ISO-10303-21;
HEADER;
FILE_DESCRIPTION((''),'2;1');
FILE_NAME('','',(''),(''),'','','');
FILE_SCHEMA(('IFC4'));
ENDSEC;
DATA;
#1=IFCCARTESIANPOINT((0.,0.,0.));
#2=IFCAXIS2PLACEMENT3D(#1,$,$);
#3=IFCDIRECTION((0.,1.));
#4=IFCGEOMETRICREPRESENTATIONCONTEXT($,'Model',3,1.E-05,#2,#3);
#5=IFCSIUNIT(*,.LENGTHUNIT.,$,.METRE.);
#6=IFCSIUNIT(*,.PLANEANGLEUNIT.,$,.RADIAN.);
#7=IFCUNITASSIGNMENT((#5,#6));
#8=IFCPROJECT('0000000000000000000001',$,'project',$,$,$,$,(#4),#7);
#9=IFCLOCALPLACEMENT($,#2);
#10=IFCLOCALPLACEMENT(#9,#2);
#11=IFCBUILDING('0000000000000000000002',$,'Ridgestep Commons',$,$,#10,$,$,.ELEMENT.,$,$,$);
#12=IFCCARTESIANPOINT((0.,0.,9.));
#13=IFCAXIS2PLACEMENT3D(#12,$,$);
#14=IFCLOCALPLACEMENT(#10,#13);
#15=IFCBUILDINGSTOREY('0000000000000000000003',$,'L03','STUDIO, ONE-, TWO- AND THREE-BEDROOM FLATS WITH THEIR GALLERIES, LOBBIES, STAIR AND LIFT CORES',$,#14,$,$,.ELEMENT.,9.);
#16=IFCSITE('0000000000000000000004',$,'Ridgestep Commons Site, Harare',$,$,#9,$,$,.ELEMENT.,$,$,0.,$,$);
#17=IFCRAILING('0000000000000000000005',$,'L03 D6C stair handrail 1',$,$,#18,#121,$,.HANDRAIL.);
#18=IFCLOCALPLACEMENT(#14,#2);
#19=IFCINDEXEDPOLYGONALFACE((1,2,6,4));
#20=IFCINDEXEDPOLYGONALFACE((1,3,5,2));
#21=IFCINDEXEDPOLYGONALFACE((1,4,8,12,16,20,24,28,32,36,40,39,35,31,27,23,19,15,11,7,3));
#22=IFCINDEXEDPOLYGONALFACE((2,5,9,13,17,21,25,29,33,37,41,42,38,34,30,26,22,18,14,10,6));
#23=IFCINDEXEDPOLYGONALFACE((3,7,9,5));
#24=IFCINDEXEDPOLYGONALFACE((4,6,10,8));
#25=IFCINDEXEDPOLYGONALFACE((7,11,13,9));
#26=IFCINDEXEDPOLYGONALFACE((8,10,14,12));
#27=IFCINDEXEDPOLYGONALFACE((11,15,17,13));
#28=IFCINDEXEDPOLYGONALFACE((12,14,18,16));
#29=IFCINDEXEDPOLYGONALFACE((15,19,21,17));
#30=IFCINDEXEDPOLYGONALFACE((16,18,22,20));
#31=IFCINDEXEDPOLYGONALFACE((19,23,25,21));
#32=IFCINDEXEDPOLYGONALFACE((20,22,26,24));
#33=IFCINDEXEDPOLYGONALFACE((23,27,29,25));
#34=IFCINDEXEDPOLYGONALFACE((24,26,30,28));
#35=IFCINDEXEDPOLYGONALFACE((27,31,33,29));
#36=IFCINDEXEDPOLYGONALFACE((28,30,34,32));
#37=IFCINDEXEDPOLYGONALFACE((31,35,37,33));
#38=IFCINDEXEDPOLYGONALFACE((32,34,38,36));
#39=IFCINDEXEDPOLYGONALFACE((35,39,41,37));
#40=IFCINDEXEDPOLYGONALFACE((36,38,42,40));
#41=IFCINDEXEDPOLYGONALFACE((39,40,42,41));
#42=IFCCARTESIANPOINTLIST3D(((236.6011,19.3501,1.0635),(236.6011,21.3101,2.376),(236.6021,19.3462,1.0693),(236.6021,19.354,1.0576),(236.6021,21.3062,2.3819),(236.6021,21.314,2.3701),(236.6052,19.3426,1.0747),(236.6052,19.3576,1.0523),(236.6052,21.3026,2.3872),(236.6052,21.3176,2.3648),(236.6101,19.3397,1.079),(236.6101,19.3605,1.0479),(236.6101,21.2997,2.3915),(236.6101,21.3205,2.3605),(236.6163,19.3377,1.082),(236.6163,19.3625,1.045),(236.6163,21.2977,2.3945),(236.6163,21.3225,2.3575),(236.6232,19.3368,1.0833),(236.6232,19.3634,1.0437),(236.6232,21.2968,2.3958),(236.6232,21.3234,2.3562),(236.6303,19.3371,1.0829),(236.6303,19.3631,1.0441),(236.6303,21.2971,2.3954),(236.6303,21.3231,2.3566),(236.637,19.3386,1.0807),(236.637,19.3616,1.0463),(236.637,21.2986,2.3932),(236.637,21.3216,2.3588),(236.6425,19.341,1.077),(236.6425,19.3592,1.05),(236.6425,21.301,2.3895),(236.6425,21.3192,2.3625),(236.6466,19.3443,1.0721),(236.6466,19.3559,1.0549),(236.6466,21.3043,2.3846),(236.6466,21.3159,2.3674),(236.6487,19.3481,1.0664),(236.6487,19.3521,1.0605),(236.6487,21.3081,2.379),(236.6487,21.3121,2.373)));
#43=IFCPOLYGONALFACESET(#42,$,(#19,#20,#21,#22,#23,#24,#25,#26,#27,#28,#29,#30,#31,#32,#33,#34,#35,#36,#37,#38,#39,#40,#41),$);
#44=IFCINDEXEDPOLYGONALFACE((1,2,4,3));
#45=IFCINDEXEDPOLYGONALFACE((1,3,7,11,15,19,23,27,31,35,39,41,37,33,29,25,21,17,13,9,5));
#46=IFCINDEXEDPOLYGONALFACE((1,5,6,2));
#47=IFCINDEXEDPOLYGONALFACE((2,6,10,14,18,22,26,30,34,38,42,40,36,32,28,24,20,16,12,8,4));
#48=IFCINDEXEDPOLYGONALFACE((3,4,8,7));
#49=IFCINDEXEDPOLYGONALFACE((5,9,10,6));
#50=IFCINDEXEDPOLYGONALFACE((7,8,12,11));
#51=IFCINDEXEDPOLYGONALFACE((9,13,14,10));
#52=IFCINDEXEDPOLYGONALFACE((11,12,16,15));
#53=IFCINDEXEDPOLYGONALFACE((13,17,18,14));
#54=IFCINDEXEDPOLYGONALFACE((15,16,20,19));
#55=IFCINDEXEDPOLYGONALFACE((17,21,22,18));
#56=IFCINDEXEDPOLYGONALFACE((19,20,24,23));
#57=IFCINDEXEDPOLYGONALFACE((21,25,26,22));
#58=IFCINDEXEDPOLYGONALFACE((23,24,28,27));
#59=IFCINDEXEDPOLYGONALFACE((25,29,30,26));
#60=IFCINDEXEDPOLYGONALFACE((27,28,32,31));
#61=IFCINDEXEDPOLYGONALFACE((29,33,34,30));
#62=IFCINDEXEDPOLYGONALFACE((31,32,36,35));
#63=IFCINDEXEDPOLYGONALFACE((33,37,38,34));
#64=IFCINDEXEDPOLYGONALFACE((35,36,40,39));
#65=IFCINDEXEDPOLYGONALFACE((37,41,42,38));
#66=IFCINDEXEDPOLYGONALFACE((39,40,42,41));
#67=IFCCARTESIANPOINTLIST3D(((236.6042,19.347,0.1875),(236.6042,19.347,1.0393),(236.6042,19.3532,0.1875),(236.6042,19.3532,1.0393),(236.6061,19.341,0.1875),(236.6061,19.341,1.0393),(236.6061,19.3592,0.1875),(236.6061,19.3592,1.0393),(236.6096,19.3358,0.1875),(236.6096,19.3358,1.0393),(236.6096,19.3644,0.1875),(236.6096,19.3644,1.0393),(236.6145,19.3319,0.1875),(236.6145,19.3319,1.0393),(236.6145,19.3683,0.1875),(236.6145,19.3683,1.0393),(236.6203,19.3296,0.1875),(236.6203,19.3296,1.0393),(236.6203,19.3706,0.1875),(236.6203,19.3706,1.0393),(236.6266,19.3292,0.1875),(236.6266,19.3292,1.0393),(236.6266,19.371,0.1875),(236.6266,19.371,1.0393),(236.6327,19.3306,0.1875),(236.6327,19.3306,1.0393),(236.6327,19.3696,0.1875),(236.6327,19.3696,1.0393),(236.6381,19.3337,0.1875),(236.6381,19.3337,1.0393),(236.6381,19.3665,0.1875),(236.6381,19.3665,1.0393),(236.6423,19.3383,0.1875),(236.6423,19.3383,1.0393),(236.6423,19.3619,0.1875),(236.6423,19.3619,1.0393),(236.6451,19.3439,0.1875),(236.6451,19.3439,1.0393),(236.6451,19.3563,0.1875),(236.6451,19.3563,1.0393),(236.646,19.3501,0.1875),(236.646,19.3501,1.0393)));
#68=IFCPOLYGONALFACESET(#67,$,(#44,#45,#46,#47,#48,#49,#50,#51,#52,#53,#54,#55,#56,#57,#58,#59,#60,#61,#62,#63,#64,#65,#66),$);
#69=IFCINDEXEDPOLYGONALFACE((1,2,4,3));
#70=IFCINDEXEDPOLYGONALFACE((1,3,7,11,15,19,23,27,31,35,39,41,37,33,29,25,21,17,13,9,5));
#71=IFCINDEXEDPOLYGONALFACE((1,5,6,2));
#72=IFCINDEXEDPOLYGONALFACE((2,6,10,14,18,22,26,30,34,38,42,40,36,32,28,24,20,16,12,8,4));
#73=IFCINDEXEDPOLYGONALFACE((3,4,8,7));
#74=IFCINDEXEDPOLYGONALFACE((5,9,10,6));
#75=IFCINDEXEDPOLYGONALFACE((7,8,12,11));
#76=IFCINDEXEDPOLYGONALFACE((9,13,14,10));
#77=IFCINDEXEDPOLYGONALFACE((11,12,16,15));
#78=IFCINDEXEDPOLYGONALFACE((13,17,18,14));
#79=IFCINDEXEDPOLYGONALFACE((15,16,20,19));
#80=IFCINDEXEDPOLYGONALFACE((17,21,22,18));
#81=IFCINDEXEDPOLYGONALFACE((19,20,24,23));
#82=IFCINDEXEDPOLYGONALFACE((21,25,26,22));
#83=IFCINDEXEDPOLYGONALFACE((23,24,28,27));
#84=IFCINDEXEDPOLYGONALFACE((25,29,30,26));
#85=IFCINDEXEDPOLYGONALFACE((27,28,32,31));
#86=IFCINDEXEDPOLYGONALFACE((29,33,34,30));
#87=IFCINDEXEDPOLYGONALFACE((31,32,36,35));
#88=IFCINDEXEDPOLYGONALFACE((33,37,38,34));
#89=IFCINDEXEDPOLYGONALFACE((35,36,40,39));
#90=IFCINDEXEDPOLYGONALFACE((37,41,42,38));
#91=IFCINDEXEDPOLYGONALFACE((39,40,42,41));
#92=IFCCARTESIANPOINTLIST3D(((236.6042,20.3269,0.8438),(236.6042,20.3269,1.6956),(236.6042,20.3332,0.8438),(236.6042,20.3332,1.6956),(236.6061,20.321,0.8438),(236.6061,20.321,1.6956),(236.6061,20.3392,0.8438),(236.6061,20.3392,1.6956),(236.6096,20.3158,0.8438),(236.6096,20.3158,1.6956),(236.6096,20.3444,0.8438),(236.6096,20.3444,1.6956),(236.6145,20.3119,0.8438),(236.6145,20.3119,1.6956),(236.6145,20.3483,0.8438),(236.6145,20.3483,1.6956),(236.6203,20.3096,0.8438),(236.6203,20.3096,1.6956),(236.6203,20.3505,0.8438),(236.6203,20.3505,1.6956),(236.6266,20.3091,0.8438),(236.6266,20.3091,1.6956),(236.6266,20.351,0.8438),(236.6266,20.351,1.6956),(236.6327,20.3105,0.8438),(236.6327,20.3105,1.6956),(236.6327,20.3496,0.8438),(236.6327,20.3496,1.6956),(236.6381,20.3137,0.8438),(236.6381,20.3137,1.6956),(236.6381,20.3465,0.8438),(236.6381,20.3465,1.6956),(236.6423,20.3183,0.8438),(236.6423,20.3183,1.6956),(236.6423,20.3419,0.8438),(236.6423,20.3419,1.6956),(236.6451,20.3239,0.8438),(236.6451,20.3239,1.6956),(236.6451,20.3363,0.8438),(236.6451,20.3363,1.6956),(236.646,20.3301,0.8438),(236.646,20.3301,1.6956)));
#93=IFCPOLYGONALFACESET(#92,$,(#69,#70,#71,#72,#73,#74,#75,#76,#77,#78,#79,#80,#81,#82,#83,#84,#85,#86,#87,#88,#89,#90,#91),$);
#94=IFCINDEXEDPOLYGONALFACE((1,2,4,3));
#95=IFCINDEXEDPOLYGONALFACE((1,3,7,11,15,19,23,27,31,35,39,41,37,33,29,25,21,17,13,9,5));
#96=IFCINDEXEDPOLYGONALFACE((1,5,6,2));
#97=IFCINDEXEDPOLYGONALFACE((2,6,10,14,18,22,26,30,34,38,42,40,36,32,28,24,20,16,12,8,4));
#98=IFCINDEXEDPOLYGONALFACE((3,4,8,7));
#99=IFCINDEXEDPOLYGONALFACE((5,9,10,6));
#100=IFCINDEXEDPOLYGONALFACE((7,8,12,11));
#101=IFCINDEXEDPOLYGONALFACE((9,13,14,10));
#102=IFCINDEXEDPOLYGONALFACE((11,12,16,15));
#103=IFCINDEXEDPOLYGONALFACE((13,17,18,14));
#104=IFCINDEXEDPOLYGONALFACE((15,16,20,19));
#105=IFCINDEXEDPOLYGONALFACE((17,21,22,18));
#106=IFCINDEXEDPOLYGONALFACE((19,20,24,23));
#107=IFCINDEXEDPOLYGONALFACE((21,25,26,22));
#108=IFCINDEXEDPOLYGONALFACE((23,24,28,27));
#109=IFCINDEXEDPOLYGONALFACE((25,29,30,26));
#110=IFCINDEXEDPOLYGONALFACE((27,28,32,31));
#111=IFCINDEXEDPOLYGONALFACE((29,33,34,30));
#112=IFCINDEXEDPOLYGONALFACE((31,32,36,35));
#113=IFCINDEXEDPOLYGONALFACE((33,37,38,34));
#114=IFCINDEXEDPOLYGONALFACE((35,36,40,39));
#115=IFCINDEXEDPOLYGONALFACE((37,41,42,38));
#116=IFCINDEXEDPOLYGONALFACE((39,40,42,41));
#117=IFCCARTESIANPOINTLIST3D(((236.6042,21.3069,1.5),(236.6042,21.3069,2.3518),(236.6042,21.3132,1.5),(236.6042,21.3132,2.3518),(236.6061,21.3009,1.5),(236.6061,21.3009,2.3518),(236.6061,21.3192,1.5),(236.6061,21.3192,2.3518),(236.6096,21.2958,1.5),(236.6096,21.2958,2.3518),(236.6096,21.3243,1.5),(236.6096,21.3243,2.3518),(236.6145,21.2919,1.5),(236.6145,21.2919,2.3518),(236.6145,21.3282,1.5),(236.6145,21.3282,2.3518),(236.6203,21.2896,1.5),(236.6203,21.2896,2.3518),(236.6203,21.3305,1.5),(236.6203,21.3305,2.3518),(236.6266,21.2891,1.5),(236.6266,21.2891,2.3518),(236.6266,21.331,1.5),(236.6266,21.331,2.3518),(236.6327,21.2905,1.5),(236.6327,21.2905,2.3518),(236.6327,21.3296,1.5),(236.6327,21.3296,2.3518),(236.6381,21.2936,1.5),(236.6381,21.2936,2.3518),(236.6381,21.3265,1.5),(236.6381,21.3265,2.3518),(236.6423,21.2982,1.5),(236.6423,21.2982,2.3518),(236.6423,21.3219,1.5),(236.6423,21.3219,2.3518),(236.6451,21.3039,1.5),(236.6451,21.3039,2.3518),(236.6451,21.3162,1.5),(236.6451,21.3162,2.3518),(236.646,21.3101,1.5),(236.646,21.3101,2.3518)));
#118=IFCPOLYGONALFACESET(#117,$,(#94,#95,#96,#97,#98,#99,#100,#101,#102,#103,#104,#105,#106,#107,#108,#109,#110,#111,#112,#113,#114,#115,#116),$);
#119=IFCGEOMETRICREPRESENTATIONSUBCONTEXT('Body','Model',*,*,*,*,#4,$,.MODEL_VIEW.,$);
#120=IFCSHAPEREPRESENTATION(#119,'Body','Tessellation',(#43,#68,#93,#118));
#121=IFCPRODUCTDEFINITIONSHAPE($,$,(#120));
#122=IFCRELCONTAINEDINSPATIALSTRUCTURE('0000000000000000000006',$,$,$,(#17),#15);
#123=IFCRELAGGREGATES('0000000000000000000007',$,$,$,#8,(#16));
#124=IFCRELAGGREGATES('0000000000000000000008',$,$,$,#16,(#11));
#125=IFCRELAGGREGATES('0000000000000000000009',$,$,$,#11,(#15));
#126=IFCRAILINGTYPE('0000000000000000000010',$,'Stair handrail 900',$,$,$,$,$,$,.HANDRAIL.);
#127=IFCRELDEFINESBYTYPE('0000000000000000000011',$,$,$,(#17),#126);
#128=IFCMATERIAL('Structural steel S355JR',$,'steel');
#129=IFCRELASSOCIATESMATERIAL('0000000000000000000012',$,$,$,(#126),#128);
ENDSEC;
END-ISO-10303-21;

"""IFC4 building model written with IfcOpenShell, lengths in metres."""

from ifc_helpers import new_model, si_unit, direction, frame, origin, origin_2d, place, context, subcontext, project, spatial, circle, extrude, material, type_object, element, save


model = new_model("IFC4")

# Units and contexts
model_context = context("Model", 3, precision=1e-05, world=origin(), true_north=direction((0.0, 1.0)))
body_context = subcontext(model_context, "Body", "Model", "MODEL_VIEW")
ifc_project = project(units=[si_unit("LENGTHUNIT", "METRE"), si_unit("PLANEANGLEUNIT", "RADIAN")], contexts=[model_context])

# Site, building, storey
site_placement = place(None, origin())
site = spatial("IfcSite", under=ifc_project, at=site_placement, Name="Ridgestep Commons Site, Harare", CompositionType="ELEMENT", RefElevation=0.0)
building_placement = place(site_placement, origin())
building = spatial("IfcBuilding", under=site, at=building_placement, Name="Ridgestep Commons", CompositionType="ELEMENT")
storey_placement = place(building_placement, frame((0.0, 0.0, 9.0)))
storey = spatial("IfcBuildingStorey", under=building, at=storey_placement, Name="L03", Description="STUDIO, ONE-, TWO- AND THREE-BEDROOM FLATS WITH THEIR GALLERIES, LOBBIES, STAIR AND LIFT CORES", CompositionType="ELEMENT", Elevation=9.0)

# Railing
ifc_material_1 = material(Name="Structural steel S355JR", Category="steel")
railing_type_1 = type_object("IfcRailingType", Name="Stair handrail 900", PredefinedType="HANDRAIL", material=ifc_material_1)
railing_1_placement = place(storey_placement, frame((236.625, 19.3501, 0.1875)))
element("IfcRailing", 1, at=railing_1_placement, inside=storey, type_object=railing_type_1, Name="L03 D6C stair handrail 1", PredefinedType="HANDRAIL", context=body_context, shape_type="SweptSolid", body=[
    extrude(circle(Radius=0.0239, at=origin_2d()), frame((0.0, 0.0, 0.876), z_axis=(0.0, 0.830902, 0.556419), x_axis=(-1.0, 0.0, 0.0)), (0.0, 0.0, 1.0), 2.3589),
    extrude(circle(Radius=0.021, at=origin_2d()), origin(), (0.0, 0.0, 1.0), 0.8518),
    extrude(circle(Radius=0.021, at=origin_2d()), frame((0.0, 0.98, 0.6562)), (0.0, 0.0, 1.0), 0.8518),
    extrude(circle(Radius=0.021, at=origin_2d()), frame((0.0, 1.96, 1.3125)), (0.0, 0.0, 1.0), 0.8518),
])

save(model, "model.ifc")
